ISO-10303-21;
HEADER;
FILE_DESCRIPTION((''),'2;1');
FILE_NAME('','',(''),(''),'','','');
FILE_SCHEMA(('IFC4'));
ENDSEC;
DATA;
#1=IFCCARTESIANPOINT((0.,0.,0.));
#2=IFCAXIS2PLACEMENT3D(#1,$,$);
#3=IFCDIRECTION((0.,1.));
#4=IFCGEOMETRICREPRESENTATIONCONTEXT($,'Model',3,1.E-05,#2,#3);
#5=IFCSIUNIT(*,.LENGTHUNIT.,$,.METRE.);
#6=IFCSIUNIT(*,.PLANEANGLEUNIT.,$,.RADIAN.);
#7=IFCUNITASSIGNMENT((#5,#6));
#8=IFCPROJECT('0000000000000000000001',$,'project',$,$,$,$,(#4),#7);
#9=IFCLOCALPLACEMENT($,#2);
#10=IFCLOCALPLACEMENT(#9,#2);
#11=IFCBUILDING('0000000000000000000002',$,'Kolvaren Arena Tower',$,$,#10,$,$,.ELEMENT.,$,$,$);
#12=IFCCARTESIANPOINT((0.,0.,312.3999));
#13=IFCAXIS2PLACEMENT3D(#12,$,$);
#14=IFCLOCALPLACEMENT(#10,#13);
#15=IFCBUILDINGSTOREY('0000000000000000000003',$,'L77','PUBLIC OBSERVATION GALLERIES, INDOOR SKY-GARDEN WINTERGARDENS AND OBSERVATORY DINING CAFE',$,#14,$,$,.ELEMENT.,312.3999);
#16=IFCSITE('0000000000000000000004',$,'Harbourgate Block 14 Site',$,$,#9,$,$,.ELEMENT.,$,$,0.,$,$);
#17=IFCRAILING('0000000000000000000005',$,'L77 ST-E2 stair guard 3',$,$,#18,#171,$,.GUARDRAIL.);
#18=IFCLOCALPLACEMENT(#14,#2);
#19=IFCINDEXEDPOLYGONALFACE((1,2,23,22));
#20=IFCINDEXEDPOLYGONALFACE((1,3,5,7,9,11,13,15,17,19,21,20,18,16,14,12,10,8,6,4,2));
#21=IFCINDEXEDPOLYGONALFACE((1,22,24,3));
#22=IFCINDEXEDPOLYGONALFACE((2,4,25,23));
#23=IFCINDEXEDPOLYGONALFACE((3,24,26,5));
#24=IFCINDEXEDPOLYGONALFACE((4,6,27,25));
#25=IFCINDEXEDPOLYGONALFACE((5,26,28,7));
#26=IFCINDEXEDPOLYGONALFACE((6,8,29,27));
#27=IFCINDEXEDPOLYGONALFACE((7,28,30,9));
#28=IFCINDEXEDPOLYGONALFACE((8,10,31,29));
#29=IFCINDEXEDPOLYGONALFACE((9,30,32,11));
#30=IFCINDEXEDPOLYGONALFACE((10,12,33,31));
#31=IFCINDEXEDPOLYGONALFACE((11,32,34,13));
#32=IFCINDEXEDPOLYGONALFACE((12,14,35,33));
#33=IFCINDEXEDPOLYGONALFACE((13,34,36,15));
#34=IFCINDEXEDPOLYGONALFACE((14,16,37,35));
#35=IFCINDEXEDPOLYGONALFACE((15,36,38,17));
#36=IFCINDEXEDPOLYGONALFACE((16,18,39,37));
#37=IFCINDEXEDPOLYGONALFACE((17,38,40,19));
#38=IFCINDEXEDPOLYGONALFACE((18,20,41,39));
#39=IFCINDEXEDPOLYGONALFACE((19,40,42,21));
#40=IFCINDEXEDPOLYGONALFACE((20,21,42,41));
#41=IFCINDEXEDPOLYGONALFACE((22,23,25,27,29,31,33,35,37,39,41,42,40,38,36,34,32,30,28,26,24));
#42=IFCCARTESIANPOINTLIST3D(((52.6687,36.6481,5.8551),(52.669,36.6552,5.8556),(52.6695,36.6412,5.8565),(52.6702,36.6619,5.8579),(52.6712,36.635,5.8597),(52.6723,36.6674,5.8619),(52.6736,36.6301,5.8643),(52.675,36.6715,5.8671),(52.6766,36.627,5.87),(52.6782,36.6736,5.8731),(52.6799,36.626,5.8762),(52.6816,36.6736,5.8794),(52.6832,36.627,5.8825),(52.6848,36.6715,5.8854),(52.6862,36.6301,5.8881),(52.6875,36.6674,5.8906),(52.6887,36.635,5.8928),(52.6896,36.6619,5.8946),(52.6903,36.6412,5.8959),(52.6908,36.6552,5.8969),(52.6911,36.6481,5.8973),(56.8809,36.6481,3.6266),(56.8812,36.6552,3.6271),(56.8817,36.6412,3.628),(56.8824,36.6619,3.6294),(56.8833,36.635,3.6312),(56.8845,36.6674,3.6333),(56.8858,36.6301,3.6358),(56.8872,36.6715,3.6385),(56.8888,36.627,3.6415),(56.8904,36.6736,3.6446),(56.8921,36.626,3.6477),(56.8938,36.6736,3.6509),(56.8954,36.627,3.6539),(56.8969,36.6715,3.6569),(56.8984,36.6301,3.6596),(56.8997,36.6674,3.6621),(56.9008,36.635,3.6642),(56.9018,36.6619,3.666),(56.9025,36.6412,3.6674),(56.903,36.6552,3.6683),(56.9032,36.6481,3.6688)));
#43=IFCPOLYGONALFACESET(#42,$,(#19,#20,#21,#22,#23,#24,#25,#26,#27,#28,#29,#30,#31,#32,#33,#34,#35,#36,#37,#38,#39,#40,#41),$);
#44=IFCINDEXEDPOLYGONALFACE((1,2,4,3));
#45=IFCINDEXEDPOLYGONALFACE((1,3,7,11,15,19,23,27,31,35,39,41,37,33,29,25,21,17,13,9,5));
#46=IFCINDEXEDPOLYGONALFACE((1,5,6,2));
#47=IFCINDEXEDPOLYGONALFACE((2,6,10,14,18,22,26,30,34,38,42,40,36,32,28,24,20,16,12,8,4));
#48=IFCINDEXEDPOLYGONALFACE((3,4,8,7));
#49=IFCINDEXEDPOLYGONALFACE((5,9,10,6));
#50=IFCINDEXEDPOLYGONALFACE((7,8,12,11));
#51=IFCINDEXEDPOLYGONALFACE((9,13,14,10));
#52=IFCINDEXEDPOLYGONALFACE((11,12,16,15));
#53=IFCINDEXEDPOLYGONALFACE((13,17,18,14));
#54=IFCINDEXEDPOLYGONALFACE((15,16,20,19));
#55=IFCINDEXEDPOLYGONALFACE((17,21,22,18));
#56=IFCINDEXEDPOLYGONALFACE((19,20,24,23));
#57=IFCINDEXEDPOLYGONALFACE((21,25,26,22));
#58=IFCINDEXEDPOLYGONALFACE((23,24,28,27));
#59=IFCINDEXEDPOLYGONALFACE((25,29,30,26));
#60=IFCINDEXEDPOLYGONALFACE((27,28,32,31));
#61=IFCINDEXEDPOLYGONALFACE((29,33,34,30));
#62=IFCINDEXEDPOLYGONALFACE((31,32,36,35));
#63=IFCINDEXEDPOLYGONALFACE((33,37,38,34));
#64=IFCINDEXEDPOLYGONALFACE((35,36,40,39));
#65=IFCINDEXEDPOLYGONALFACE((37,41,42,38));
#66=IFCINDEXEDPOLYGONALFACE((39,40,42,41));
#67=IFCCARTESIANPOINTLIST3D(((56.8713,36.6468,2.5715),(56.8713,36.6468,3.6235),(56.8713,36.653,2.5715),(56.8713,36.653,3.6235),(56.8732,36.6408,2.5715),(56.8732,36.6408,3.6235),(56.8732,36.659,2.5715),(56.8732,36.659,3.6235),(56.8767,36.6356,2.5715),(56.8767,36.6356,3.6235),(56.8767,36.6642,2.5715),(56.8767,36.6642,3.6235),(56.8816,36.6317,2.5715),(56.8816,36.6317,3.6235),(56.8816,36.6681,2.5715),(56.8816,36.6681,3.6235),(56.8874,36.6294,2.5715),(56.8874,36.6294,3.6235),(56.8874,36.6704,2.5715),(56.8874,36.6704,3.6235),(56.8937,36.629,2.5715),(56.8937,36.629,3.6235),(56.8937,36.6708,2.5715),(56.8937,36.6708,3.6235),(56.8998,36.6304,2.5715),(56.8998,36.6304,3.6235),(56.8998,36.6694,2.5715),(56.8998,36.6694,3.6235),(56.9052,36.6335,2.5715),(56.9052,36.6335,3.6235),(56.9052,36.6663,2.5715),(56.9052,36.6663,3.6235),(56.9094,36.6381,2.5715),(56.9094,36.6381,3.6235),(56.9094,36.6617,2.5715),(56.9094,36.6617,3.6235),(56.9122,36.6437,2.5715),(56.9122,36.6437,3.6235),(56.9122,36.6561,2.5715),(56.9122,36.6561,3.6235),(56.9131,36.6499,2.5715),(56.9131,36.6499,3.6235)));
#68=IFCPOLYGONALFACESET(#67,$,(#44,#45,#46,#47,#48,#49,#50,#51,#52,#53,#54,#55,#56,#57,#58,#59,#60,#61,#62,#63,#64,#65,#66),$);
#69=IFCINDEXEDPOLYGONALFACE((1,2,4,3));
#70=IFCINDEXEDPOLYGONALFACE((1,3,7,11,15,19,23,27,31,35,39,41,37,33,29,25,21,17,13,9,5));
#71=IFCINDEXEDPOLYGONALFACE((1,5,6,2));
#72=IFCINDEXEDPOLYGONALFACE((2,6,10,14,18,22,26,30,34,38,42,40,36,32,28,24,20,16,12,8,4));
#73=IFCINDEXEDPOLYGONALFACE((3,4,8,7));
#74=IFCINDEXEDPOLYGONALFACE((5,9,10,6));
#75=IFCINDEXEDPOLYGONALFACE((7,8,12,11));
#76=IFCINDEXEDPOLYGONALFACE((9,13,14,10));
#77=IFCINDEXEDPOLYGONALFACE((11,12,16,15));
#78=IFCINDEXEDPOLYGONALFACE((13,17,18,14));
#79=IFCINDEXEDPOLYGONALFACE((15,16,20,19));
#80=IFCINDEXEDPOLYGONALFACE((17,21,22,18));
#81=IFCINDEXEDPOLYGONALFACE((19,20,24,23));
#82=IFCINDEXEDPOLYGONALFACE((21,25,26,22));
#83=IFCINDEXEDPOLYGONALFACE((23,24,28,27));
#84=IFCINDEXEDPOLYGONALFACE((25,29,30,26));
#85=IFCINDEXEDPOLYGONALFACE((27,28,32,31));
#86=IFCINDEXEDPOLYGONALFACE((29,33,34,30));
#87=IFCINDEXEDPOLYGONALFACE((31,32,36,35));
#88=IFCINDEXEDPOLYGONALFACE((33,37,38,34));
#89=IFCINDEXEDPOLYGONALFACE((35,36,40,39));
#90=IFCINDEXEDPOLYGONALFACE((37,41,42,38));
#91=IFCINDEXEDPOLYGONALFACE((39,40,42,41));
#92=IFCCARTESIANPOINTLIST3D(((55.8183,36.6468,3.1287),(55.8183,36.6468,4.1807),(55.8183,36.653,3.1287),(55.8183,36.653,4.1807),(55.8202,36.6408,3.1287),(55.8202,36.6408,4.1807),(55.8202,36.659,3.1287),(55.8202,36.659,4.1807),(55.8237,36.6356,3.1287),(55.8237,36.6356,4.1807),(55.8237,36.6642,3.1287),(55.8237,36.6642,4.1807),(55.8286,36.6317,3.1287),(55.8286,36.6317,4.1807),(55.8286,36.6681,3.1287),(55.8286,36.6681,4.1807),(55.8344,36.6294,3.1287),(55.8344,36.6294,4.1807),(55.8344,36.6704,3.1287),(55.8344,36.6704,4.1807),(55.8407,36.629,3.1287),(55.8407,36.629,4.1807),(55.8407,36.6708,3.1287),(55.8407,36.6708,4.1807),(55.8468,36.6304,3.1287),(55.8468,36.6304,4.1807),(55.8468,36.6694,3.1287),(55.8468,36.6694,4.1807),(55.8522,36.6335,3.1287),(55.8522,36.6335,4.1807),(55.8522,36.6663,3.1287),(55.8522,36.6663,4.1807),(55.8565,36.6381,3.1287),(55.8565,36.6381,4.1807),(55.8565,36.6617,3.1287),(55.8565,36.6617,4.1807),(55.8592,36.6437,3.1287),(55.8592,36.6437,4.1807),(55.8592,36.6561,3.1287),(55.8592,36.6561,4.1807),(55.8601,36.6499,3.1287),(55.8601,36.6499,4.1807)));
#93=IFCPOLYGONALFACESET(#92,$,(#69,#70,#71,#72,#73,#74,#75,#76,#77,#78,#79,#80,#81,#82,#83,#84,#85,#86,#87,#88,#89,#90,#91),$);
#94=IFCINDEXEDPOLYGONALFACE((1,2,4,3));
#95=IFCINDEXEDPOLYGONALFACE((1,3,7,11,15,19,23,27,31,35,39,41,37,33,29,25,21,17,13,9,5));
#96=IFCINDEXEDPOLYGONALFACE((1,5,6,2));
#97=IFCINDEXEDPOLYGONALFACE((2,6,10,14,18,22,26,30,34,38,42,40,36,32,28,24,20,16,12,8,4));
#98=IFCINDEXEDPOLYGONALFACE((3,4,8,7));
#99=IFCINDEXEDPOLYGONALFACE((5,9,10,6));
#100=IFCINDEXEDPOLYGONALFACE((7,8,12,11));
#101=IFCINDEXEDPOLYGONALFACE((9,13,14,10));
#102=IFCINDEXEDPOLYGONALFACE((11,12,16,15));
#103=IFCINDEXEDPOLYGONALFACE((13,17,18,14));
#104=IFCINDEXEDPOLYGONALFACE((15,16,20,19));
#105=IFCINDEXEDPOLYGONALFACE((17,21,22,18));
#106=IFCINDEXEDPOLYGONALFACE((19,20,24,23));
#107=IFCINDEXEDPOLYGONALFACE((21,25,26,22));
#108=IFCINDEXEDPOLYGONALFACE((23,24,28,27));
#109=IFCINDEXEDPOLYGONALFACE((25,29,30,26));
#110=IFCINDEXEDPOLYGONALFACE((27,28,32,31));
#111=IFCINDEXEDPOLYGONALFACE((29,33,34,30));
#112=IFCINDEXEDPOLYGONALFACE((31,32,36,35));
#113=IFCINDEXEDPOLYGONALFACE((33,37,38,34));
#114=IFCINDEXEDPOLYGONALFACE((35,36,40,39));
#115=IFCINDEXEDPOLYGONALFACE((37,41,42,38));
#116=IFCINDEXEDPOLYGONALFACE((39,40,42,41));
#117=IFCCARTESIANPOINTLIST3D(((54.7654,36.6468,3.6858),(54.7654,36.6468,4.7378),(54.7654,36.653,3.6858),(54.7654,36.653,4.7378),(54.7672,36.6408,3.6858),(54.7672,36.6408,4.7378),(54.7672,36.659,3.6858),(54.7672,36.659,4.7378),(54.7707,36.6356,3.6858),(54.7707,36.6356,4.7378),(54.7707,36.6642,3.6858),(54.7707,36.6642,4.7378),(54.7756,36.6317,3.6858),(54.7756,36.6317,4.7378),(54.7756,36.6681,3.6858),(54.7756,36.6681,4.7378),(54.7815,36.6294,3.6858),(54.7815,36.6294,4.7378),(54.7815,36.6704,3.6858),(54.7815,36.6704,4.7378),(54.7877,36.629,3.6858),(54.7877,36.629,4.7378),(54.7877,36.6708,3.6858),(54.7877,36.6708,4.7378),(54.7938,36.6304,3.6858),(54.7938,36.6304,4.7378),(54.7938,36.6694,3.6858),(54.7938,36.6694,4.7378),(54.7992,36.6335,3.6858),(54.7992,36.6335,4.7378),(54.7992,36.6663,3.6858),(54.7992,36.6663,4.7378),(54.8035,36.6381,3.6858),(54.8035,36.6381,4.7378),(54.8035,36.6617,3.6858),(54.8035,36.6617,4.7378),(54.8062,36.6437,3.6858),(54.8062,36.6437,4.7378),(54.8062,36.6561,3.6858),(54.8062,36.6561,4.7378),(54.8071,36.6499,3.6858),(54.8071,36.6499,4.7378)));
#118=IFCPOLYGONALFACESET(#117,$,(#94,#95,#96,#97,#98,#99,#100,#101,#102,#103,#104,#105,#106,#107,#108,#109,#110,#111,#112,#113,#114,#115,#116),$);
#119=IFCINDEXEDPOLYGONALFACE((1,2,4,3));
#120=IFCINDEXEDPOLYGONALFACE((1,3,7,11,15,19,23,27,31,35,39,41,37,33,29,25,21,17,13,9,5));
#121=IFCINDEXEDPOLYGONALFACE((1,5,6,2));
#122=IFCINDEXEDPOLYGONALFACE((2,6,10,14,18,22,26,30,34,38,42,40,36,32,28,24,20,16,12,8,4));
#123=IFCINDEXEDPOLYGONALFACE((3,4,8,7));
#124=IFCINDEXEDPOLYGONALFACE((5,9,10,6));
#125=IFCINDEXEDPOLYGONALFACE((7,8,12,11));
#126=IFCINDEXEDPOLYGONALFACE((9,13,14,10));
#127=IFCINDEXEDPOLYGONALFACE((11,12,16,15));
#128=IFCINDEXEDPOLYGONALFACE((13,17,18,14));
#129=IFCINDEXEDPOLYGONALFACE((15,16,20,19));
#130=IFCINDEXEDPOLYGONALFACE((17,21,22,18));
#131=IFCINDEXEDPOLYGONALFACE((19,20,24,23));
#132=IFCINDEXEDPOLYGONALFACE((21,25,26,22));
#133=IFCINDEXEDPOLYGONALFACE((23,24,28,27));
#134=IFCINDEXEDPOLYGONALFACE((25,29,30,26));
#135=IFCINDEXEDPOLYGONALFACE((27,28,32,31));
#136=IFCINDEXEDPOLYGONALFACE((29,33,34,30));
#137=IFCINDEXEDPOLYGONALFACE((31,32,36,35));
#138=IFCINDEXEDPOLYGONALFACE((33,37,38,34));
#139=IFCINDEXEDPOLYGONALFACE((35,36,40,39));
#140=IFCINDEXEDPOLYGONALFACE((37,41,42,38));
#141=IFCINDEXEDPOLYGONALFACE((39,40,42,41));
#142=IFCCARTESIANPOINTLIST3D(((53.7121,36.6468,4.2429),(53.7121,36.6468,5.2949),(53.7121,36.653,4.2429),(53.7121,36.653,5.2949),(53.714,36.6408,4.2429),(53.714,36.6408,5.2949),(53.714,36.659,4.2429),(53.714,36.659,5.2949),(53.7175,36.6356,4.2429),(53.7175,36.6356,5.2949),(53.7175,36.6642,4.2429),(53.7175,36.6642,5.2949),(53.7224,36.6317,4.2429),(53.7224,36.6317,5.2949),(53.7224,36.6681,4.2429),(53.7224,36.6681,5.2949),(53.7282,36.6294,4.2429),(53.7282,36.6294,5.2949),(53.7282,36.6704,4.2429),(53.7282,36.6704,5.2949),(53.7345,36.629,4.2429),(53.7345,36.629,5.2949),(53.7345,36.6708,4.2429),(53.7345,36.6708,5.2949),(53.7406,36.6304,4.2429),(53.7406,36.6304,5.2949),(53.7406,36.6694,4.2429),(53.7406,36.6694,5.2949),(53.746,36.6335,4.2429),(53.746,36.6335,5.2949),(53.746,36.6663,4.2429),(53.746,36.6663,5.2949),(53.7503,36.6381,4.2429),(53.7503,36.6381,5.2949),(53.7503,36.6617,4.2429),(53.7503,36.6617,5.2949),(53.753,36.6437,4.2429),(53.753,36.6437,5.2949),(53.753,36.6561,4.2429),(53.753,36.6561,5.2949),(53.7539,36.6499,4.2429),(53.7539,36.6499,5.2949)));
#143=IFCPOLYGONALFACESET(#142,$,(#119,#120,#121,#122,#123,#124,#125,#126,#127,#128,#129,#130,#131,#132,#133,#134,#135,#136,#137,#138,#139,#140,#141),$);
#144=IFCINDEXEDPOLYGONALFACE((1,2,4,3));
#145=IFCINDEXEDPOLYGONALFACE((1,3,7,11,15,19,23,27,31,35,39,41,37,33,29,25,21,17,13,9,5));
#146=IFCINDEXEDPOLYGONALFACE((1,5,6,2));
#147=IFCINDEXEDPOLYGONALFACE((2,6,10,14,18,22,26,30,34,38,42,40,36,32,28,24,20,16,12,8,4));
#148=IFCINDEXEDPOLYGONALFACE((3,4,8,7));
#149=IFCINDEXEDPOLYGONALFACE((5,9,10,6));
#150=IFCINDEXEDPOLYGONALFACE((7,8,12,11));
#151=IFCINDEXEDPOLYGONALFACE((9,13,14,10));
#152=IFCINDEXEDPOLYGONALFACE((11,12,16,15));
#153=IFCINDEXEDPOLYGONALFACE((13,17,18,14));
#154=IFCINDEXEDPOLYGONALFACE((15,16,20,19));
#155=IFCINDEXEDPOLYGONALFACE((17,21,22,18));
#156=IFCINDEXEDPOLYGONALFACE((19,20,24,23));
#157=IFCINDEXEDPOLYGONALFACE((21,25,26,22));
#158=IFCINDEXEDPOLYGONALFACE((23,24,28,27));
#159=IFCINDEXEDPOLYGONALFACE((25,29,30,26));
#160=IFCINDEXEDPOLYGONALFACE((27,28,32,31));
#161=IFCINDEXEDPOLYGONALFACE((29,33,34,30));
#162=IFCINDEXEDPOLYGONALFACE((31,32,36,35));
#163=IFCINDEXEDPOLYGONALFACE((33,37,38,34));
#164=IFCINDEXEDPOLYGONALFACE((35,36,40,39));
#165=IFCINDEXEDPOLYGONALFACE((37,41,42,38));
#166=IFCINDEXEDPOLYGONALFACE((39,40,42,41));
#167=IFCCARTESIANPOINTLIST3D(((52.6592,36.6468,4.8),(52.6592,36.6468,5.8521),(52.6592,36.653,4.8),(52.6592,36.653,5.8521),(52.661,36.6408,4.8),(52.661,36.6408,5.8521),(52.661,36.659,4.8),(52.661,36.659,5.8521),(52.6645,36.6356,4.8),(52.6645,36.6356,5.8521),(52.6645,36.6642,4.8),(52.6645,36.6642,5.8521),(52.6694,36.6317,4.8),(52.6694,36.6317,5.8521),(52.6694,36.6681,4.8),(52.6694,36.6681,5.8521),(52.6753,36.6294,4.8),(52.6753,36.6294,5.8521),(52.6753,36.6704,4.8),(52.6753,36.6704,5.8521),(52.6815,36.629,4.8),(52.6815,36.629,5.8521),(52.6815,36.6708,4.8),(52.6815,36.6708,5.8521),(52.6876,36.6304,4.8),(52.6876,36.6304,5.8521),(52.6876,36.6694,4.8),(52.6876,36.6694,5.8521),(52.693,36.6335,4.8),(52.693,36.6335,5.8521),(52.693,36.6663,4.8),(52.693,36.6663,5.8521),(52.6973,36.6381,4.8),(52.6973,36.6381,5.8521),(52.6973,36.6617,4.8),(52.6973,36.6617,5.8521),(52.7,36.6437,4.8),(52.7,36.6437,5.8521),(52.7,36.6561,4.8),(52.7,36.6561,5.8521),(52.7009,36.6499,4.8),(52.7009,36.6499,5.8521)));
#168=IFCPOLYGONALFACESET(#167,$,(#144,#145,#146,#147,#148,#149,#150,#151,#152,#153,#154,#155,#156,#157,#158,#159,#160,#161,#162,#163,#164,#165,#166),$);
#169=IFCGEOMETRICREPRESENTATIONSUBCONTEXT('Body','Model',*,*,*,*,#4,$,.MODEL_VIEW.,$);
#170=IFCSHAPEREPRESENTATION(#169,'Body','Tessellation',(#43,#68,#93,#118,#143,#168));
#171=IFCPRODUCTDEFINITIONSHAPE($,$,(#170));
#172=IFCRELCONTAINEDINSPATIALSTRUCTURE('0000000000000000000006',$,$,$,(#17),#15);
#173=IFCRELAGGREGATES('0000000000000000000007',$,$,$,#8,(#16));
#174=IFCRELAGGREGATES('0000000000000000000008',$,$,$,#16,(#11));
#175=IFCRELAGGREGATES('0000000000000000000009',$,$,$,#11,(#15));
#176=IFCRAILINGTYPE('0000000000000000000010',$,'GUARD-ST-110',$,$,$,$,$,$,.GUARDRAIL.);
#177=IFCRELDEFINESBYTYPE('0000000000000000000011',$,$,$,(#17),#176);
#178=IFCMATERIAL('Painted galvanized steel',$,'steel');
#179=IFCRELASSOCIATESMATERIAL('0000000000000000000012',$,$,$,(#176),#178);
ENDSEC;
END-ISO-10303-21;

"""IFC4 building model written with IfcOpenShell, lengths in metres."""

from ifc_helpers import new_model, si_unit, direction, frame, origin, origin_2d, place, context, subcontext, project, spatial, circle, extrude, material, type_object, element, save


model = new_model("IFC4")

# Units and contexts
model_context = context("Model", 3, precision=1e-05, world=origin(), true_north=direction((0.0, 1.0)))
body_context = subcontext(model_context, "Body", "Model", "MODEL_VIEW")
ifc_project = project(units=[si_unit("LENGTHUNIT", "METRE"), si_unit("PLANEANGLEUNIT", "RADIAN")], contexts=[model_context])

# Site, building, storey
site_placement = place(None, origin())
site = spatial("IfcSite", under=ifc_project, at=site_placement, Name="Harbourgate Block 14 Site", CompositionType="ELEMENT", RefElevation=0.0)
building_placement = place(site_placement, origin())
building = spatial("IfcBuilding", under=site, at=building_placement, Name="Kolvaren Arena Tower", CompositionType="ELEMENT")
storey_placement = place(building_placement, frame((0.0, 0.0, 312.3999)))
storey = spatial("IfcBuildingStorey", under=building, at=storey_placement, Name="L77", Description="PUBLIC OBSERVATION GALLERIES, INDOOR SKY-GARDEN WINTERGARDENS AND OBSERVATORY DINING CAFE", CompositionType="ELEMENT", Elevation=312.3999)

# Railing
ifc_material_1 = material(Name="Painted galvanized steel", Category="steel")
railing_type_1 = type_object("IfcRailingType", Name="GUARD-ST-110", PredefinedType="GUARDRAIL", material=ifc_material_1)
railing_1_placement = place(storey_placement, frame((56.8921, 36.6499, 2.5715)))
element("IfcRailing", 1, at=railing_1_placement, inside=storey, type_object=railing_type_1, Name="L77 ST-E2 stair guard 3", PredefinedType="GUARDRAIL", context=body_context, shape_type="SweptSolid", body=[
    extrude(circle(Radius=0.0239, at=origin_2d()), frame((0.0, 0.0, 1.0762), z_axis=(-0.883914, 0.0, 0.46765), x_axis=(0.0, -1.0, 0.0)), (0.0, 0.0, 1.0), 4.7654),
    extrude(circle(Radius=0.021, at=origin_2d()), origin(), (0.0, 0.0, 1.0), 1.052),
    extrude(circle(Radius=0.021, at=origin_2d()), frame((-1.053, 0.0, 0.5571)), (0.0, 0.0, 1.0), 1.052),
    extrude(circle(Radius=0.021, at=origin_2d()), frame((-2.106, 0.0, 1.1143)), (0.0, 0.0, 1.0), 1.052),
    extrude(circle(Radius=0.021, at=origin_2d()), frame((-3.1592, 0.0, 1.6714)), (0.0, 0.0, 1.0), 1.052),
    extrude(circle(Radius=0.021, at=origin_2d()), frame((-4.2122, 0.0, 2.2285)), (0.0, 0.0, 1.0), 1.052),
])

save(model, "model.ifc")
